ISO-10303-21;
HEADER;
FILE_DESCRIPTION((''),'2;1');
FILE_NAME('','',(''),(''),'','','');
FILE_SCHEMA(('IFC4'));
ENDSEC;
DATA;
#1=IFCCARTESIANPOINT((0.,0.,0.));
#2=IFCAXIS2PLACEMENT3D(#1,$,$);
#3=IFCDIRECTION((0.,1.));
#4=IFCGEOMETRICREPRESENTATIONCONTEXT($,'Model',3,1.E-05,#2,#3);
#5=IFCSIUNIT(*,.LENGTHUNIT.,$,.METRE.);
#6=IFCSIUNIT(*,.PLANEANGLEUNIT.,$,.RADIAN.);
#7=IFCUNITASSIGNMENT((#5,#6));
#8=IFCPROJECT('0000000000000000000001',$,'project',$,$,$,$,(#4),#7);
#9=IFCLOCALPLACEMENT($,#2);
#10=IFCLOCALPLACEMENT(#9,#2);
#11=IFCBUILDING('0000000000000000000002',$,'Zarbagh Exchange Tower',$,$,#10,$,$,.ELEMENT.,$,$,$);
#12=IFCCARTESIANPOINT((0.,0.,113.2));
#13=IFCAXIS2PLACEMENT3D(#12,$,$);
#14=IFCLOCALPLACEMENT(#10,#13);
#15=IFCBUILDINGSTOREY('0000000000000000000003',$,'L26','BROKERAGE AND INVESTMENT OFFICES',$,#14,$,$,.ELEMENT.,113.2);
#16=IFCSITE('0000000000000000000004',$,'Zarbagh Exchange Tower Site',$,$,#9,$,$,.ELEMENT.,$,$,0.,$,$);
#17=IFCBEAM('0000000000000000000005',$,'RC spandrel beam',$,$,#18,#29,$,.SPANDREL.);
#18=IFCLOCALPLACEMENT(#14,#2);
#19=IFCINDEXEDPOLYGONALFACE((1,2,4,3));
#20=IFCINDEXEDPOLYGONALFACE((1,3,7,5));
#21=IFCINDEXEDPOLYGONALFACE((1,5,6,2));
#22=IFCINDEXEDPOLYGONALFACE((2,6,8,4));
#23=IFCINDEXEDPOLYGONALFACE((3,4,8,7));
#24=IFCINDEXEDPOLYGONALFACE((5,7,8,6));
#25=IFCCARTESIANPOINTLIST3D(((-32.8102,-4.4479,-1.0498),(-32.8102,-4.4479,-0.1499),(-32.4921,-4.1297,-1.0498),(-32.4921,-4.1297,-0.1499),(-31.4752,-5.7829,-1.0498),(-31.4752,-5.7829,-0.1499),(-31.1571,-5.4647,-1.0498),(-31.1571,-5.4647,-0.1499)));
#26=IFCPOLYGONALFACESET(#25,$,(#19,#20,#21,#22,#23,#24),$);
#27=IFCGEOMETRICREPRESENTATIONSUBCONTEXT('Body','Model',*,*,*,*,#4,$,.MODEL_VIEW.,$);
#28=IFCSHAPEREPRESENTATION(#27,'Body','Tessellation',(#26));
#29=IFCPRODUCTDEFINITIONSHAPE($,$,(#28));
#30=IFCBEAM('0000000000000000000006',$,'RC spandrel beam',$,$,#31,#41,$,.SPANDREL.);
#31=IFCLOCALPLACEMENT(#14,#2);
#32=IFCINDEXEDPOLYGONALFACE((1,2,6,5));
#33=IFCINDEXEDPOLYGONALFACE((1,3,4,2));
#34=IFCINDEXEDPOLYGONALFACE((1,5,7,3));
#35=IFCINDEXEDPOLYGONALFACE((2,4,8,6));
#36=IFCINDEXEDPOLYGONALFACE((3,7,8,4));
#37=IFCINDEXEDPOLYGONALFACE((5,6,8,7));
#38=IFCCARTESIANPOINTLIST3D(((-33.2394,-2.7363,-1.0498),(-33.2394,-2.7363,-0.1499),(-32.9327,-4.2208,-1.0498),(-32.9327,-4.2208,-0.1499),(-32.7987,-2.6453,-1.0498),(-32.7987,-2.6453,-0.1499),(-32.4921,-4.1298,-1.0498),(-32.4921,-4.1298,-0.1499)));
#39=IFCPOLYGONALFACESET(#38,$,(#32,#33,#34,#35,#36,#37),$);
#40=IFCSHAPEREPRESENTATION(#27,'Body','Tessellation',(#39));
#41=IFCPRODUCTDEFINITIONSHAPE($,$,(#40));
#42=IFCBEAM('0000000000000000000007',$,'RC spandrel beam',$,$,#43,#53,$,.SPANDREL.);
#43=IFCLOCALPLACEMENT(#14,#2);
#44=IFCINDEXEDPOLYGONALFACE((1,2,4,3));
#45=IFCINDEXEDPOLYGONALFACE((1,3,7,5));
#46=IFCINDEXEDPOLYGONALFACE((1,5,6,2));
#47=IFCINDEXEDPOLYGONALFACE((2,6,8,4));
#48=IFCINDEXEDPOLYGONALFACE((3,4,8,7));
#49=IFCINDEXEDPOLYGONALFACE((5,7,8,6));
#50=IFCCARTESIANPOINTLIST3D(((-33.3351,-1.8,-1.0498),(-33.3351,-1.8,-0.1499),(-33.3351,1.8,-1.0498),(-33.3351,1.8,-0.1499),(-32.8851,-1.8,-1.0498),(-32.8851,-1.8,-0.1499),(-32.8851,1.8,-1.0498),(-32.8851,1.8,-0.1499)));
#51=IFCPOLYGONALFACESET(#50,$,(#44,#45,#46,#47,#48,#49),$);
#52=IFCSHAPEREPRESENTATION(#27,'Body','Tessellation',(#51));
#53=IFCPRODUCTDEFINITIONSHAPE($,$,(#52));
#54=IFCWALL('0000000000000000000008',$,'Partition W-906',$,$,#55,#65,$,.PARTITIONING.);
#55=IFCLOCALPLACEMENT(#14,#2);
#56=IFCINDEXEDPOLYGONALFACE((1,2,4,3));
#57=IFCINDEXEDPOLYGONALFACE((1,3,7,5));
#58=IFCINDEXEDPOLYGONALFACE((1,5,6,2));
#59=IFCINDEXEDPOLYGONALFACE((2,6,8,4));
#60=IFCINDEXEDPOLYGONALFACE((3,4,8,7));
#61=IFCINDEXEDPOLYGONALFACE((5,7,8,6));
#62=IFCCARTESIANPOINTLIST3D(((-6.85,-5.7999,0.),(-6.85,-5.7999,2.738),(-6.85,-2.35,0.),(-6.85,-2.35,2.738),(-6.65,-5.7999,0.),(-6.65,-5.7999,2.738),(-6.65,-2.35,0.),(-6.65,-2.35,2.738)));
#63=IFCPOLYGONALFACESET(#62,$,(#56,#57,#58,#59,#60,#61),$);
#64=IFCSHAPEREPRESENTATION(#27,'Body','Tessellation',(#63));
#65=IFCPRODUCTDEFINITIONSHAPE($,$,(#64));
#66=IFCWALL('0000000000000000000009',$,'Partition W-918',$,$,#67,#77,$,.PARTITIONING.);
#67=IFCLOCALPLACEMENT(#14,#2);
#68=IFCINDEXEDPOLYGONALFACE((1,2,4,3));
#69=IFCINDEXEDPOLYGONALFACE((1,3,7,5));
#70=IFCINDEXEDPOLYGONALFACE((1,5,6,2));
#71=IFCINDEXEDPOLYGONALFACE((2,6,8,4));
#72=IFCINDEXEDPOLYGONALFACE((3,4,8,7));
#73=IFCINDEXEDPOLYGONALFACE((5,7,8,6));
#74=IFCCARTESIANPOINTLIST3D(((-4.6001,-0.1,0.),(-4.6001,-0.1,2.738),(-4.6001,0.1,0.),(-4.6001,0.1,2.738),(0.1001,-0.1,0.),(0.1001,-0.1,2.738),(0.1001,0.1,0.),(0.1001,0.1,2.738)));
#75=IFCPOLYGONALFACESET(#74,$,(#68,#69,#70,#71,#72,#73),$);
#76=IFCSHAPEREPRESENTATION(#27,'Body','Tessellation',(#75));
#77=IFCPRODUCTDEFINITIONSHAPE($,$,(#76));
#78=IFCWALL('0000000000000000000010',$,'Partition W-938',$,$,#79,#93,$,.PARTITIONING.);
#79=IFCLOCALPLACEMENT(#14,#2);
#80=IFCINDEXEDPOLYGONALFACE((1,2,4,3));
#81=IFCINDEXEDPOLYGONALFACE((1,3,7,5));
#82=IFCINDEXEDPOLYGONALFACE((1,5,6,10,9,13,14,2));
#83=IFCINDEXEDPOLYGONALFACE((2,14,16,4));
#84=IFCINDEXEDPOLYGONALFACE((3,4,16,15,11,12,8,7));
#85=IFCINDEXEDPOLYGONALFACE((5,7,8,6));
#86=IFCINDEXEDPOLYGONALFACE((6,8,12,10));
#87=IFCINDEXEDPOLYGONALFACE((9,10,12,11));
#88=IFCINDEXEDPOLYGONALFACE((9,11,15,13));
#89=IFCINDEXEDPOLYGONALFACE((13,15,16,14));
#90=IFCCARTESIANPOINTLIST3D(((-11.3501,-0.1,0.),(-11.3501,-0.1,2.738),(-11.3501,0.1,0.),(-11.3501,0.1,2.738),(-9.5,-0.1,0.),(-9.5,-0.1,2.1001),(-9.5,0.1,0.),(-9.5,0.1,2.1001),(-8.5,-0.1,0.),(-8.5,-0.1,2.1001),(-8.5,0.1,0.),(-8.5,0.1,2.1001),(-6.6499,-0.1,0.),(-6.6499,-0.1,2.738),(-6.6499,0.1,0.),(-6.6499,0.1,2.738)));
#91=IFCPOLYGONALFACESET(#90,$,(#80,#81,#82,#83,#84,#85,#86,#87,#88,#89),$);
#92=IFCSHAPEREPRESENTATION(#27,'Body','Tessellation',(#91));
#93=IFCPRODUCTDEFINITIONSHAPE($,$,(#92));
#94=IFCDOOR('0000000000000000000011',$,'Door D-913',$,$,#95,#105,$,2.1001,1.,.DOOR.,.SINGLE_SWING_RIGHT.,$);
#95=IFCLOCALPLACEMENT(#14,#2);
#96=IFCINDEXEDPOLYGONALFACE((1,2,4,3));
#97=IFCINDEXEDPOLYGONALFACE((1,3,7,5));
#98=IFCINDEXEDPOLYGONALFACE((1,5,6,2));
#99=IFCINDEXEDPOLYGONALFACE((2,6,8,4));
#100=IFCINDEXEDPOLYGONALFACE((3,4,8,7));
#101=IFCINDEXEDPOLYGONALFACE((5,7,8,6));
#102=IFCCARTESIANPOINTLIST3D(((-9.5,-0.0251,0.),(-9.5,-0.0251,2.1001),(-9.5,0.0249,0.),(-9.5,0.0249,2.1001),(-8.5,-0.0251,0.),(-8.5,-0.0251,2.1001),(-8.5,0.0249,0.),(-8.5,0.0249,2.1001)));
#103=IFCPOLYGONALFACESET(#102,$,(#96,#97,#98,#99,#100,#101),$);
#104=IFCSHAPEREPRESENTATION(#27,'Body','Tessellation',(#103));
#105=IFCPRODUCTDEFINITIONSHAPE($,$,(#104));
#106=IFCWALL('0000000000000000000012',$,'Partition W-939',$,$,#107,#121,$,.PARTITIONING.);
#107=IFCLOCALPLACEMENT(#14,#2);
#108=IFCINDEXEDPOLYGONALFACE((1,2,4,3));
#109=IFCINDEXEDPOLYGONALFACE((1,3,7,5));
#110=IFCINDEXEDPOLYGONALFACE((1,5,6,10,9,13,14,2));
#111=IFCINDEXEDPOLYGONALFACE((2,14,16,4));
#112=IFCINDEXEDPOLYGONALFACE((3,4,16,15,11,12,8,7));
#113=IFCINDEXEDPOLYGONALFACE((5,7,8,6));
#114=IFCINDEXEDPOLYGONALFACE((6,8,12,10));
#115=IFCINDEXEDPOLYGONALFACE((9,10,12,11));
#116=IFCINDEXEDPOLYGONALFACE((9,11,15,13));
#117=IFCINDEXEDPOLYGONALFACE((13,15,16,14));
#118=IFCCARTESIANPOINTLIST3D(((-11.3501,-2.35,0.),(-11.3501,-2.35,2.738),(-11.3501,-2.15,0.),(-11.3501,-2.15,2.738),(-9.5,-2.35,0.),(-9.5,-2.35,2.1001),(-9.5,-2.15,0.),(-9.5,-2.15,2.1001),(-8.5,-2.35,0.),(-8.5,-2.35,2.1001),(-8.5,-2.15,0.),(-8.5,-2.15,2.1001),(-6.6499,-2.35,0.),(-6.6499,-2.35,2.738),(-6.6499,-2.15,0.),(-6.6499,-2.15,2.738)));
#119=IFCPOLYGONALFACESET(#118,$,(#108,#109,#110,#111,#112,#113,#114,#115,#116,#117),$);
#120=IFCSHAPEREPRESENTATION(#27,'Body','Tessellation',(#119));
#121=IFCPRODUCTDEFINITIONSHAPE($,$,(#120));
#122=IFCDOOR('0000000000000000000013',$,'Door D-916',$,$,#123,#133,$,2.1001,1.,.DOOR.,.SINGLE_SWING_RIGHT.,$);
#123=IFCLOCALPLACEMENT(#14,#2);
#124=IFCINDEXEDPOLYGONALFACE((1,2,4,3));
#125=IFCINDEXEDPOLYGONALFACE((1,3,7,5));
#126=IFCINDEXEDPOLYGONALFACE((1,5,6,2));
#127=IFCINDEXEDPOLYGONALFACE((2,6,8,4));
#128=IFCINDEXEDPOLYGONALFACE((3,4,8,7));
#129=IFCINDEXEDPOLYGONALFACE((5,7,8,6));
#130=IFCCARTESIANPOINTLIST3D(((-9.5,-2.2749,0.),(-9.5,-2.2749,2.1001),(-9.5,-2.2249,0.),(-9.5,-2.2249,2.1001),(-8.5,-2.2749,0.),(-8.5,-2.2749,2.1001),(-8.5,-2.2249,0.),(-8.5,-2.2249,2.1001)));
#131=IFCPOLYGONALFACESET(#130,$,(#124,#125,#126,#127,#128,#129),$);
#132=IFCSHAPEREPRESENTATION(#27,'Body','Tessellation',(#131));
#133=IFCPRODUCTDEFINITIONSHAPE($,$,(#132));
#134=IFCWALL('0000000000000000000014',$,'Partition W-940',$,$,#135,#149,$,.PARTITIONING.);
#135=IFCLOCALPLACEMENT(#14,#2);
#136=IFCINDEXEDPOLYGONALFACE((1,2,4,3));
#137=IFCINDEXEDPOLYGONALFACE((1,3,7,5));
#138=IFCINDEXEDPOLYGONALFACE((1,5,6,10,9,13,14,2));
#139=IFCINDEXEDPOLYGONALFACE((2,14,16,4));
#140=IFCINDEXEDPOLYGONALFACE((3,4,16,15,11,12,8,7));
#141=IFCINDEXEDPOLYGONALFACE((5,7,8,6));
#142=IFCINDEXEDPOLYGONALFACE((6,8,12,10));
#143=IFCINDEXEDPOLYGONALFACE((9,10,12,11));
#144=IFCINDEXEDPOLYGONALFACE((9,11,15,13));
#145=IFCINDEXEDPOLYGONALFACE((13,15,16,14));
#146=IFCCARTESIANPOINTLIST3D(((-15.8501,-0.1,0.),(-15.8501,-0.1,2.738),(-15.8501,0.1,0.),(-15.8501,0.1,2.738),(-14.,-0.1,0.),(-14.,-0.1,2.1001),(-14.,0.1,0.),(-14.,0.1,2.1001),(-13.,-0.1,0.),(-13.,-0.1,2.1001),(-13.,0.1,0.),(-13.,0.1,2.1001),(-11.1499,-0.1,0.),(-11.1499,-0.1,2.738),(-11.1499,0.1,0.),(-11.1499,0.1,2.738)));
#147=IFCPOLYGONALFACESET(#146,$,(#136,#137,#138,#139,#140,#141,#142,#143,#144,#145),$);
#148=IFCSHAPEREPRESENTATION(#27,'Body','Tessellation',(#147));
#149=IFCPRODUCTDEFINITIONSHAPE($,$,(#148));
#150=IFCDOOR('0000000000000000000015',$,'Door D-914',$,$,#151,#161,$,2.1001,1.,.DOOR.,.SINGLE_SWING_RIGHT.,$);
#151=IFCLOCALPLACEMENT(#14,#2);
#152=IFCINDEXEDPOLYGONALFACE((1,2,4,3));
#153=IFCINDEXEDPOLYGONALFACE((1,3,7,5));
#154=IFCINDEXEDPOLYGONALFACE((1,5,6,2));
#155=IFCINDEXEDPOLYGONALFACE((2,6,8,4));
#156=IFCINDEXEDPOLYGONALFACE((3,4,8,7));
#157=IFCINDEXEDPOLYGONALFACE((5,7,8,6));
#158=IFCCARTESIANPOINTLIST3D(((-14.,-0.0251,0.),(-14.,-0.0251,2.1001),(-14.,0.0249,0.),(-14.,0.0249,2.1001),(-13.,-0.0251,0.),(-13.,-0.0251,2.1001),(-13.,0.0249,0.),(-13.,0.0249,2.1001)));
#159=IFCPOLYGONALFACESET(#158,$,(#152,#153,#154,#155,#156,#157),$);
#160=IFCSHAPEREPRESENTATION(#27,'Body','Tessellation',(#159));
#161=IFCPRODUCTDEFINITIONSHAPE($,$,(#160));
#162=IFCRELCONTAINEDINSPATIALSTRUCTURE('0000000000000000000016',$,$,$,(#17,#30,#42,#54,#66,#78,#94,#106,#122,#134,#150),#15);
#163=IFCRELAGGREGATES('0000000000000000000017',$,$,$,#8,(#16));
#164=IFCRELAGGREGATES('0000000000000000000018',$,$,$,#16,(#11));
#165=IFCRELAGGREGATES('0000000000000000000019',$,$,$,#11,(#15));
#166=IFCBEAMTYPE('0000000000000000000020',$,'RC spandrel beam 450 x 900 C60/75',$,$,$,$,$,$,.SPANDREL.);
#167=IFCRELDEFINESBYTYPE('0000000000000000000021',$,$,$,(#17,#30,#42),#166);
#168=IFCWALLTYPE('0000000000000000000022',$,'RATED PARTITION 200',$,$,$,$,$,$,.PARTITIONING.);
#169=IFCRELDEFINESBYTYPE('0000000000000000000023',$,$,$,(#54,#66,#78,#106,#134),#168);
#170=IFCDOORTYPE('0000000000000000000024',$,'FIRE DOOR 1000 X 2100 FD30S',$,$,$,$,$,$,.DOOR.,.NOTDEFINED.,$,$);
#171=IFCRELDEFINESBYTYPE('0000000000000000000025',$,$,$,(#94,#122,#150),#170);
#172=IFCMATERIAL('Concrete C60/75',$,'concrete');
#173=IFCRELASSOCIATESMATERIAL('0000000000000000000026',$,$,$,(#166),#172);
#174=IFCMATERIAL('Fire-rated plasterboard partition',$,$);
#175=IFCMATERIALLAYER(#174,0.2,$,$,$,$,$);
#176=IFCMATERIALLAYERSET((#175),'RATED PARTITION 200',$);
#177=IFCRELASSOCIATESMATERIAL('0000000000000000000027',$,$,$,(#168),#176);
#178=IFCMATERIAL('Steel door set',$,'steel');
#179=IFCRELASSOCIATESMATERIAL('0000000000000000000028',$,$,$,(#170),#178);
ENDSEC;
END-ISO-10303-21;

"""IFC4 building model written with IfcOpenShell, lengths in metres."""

from ifc_helpers import new_model, si_unit, direction, frame, frame_2d, origin, origin_2d, place, context, subcontext, project, spatial, rectangle, extrude, material, layer, layer_set, material_profile, profile_set, type_object, element, fill, save


model = new_model("IFC4")

# Units and contexts
model_context = context("Model", 3, precision=1e-05, world=origin(), true_north=direction((0.0, 1.0)))
body_context = subcontext(model_context, "Body", "Model", "MODEL_VIEW")
ifc_project = project(units=[si_unit("LENGTHUNIT", "METRE"), si_unit("PLANEANGLEUNIT", "RADIAN")], contexts=[model_context])

# Site, building, storey
site_placement = place(None, origin())
site = spatial("IfcSite", under=ifc_project, at=site_placement, Name="Zarbagh Exchange Tower Site", CompositionType="ELEMENT", RefElevation=0.0)
building_placement = place(site_placement, origin())
building = spatial("IfcBuilding", under=site, at=building_placement, Name="Zarbagh Exchange Tower", CompositionType="ELEMENT")
storey_placement = place(building_placement, frame((0.0, 0.0, 113.2)))
storey = spatial("IfcBuildingStorey", under=building, at=storey_placement, Name="L26", Description="BROKERAGE AND INVESTMENT OFFICES", CompositionType="ELEMENT", Elevation=113.2)

# Shared definitions
ifc_material_1 = material(Name="Concrete C60/75", Category="concrete")

# Beams
ifc_material_profile_1 = material_profile(ifc_material_1, rectangle(XDim=0.45, YDim=0.8999, at=origin_2d()), Name="RC spandrel beam 450 x 900 C60/75")
ifc_profile_set_1 = profile_set([ifc_material_profile_1], Name="Concrete C60/75")
beam_type_1 = type_object("IfcBeamType", Name="RC spandrel beam 450 x 900 C60/75", PredefinedType="SPANDREL", material=ifc_profile_set_1)
beam_1_placement = place(storey_placement, frame((-31.3162, -5.6238, -0.5999), z_axis=(-0.707107, 0.707107, 0.0), x_axis=(-0.707107, -0.707107, 0.0)))
element("IfcBeam", 1, at=beam_1_placement, inside=storey, type_object=beam_type_1, Name="RC spandrel beam", PredefinedType="SPANDREL", context=body_context, shape_type="SweptSolid", body=[
    extrude(rectangle(XDim=0.45, YDim=0.8999, at=origin_2d()), origin(), (0.0, 0.0, 1.0), 1.8879),
])
beam_2_placement = place(storey_placement, frame((-32.7124, -4.1753, -0.5999), z_axis=(-0.202275, 0.979329, 0.0), x_axis=(-0.979329, -0.202275, 0.0)))
element("IfcBeam", 2, at=beam_2_placement, inside=storey, type_object=beam_type_1, Name="RC spandrel beam", PredefinedType="SPANDREL", context=body_context, shape_type="SweptSolid", body=[
    extrude(rectangle(XDim=0.45, YDim=0.8999, at=origin_2d()), origin(), (0.0, 0.0, 1.0), 1.5159),
])
beam_3_placement = place(storey_placement, frame((-33.1101, -1.8, -0.5999), z_axis=(0.0, 1.0, 0.0), x_axis=(-1.0, 0.0, 0.0)))
element("IfcBeam", 3, at=beam_3_placement, inside=storey, type_object=beam_type_1, Name="RC spandrel beam", PredefinedType="SPANDREL", context=body_context, shape_type="SweptSolid", body=[
    extrude(rectangle(XDim=0.45, YDim=0.8999, at=origin_2d()), origin(), (0.0, 0.0, 1.0), 3.6001),
])

# Walls
ifc_material_2 = material(Name="Fire-rated plasterboard partition")
ifc_layer = layer(ifc_material_2, 0.2)
ifc_layer_set = layer_set([ifc_layer], Name="RATED PARTITION 200")
wall_type = type_object("IfcWallType", Name="RATED PARTITION 200", PredefinedType="PARTITIONING", material=ifc_layer_set)
wall_1_placement = place(storey_placement, frame((-6.75, -5.8, 0.0), z_axis=(0.0, 0.0, 1.0), x_axis=(0.0, 1.0, 0.0)))
element("IfcWall", 4, at=wall_1_placement, inside=storey, type_object=wall_type, Name="Partition W-906", PredefinedType="PARTITIONING", context=body_context, shape_type="SweptSolid", body=[
    extrude(rectangle(XDim=3.45, YDim=0.2, at=frame_2d((1.7251, 0.0))), origin(), (0.0, 0.0, 1.0), 2.738),
])
wall_2_placement = place(storey_placement, frame((-4.6001, 0.0, 0.0), z_axis=(0.0, 0.0, 1.0), x_axis=(1.0, 0.0, 0.0)))
element("IfcWall", 5, at=wall_2_placement, inside=storey, type_object=wall_type, Name="Partition W-918", PredefinedType="PARTITIONING", context=body_context, shape_type="SweptSolid", body=[
    extrude(rectangle(XDim=4.7002, YDim=0.2, at=frame_2d((2.3501, 0.0))), origin(), (0.0, 0.0, 1.0), 2.738),
])

# Walls, openings, doors
wall_3_placement = place(storey_placement, frame((-11.3501, 0.0, 0.0), z_axis=(0.0, 0.0, 1.0), x_axis=(1.0, 0.0, 0.0)))
wall_3 = element("IfcWall", 6, at=wall_3_placement, inside=storey, type_object=wall_type, Name="Partition W-938", PredefinedType="PARTITIONING", context=body_context, shape_type="SweptSolid", body=[
    extrude(rectangle(XDim=4.7002, YDim=0.2, at=frame_2d((2.3501, 0.0))), origin(), (0.0, 0.0, 1.0), 2.738),
])
opening_1_placement = place(wall_3_placement, frame((1.8501, 0.0, 0.0)))
opening_1 = element("IfcOpeningElement", 7, at=opening_1_placement, cuts=wall_3, PredefinedType="OPENING", context=body_context, shape_type="SweptSolid", body=[
    extrude(rectangle(XDim=1.0, YDim=2.1001, at=frame_2d((0.5, 1.05))), frame((0.0, 0.1099, 0.0), z_axis=(0.0, -1.0, 0.0), x_axis=(1.0, 0.0, 0.0)), (0.0, 0.0, 1.0), 0.22),
])
ifc_material_3 = material(Name="Steel door set", Category="steel")
door_type = type_object("IfcDoorType", Name="FIRE DOOR 1000 X 2100 FD30S", OperationType="NOTDEFINED", PredefinedType="DOOR", material=ifc_material_3)
door_1_placement = place(opening_1_placement, origin())
door_1 = element("IfcDoor", 8, at=door_1_placement, inside=storey, type_object=door_type, Name="Door D-913", OperationType="SINGLE_SWING_RIGHT", OverallHeight=2.1001, OverallWidth=1.0, PredefinedType="DOOR", context=body_context, shape_type="SweptSolid", body=[
    extrude(rectangle(XDim=1.0, YDim=2.1001, at=frame_2d((0.5, 1.05))), frame((0.0, 0.0249, 0.0), z_axis=(0.0, -1.0, 0.0), x_axis=(1.0, 0.0, 0.0)), (0.0, 0.0, 1.0), 0.05),
])
fill(opening_1, door_1)
wall_4_placement = place(storey_placement, frame((-6.6499, -2.25, 0.0), z_axis=(0.0, 0.0, 1.0), x_axis=(-1.0, 0.0, 0.0)))
wall_4 = element("IfcWall", 9, at=wall_4_placement, inside=storey, type_object=wall_type, Name="Partition W-939", PredefinedType="PARTITIONING", context=body_context, shape_type="SweptSolid", body=[
    extrude(rectangle(XDim=4.7002, YDim=0.2, at=frame_2d((2.3501, 0.0))), origin(), (0.0, 0.0, 1.0), 2.738),
])
opening_2_placement = place(wall_4_placement, frame((1.8501, 0.0, 0.0)))
opening_2 = element("IfcOpeningElement", 10, at=opening_2_placement, cuts=wall_4, PredefinedType="OPENING", context=body_context, shape_type="SweptSolid", body=[
    extrude(rectangle(XDim=1.0, YDim=2.1001, at=frame_2d((0.5, 1.05))), frame((0.0, 0.1099, 0.0), z_axis=(0.0, -1.0, 0.0), x_axis=(1.0, 0.0, 0.0)), (0.0, 0.0, 1.0), 0.22),
])
door_2_placement = place(opening_2_placement, origin())
door_2 = element("IfcDoor", 11, at=door_2_placement, inside=storey, type_object=door_type, Name="Door D-916", OperationType="SINGLE_SWING_RIGHT", OverallHeight=2.1001, OverallWidth=1.0, PredefinedType="DOOR", context=body_context, shape_type="SweptSolid", body=[
    extrude(rectangle(XDim=1.0, YDim=2.1001, at=frame_2d((0.5, 1.05))), frame((0.0, 0.0249, 0.0), z_axis=(0.0, -1.0, 0.0), x_axis=(1.0, 0.0, 0.0)), (0.0, 0.0, 1.0), 0.05),
])
fill(opening_2, door_2)
wall_5_placement = place(storey_placement, frame((-15.8501, 0.0, 0.0), z_axis=(0.0, 0.0, 1.0), x_axis=(1.0, 0.0, 0.0)))
wall_5 = element("IfcWall", 12, at=wall_5_placement, inside=storey, type_object=wall_type, Name="Partition W-940", PredefinedType="PARTITIONING", context=body_context, shape_type="SweptSolid", body=[
    extrude(rectangle(XDim=4.7002, YDim=0.2, at=frame_2d((2.3501, 0.0))), origin(), (0.0, 0.0, 1.0), 2.738),
])
opening_3_placement = place(wall_5_placement, frame((1.8501, 0.0, 0.0)))
opening_3 = element("IfcOpeningElement", 13, at=opening_3_placement, cuts=wall_5, PredefinedType="OPENING", context=body_context, shape_type="SweptSolid", body=[
    extrude(rectangle(XDim=1.0, YDim=2.1001, at=frame_2d((0.5, 1.05))), frame((0.0, 0.1099, 0.0), z_axis=(0.0, -1.0, 0.0), x_axis=(1.0, 0.0, 0.0)), (0.0, 0.0, 1.0), 0.22),
])
door_3_placement = place(opening_3_placement, origin())
door_3 = element("IfcDoor", 14, at=door_3_placement, inside=storey, type_object=door_type, Name="Door D-914", OperationType="SINGLE_SWING_RIGHT", OverallHeight=2.1001, OverallWidth=1.0, PredefinedType="DOOR", context=body_context, shape_type="SweptSolid", body=[
    extrude(rectangle(XDim=1.0, YDim=2.1001, at=frame_2d((0.5, 1.05))), frame((0.0, 0.0249, 0.0), z_axis=(0.0, -1.0, 0.0), x_axis=(1.0, 0.0, 0.0)), (0.0, 0.0, 1.0), 0.05),
])
fill(opening_3, door_3)

save(model, "model.ifc")
